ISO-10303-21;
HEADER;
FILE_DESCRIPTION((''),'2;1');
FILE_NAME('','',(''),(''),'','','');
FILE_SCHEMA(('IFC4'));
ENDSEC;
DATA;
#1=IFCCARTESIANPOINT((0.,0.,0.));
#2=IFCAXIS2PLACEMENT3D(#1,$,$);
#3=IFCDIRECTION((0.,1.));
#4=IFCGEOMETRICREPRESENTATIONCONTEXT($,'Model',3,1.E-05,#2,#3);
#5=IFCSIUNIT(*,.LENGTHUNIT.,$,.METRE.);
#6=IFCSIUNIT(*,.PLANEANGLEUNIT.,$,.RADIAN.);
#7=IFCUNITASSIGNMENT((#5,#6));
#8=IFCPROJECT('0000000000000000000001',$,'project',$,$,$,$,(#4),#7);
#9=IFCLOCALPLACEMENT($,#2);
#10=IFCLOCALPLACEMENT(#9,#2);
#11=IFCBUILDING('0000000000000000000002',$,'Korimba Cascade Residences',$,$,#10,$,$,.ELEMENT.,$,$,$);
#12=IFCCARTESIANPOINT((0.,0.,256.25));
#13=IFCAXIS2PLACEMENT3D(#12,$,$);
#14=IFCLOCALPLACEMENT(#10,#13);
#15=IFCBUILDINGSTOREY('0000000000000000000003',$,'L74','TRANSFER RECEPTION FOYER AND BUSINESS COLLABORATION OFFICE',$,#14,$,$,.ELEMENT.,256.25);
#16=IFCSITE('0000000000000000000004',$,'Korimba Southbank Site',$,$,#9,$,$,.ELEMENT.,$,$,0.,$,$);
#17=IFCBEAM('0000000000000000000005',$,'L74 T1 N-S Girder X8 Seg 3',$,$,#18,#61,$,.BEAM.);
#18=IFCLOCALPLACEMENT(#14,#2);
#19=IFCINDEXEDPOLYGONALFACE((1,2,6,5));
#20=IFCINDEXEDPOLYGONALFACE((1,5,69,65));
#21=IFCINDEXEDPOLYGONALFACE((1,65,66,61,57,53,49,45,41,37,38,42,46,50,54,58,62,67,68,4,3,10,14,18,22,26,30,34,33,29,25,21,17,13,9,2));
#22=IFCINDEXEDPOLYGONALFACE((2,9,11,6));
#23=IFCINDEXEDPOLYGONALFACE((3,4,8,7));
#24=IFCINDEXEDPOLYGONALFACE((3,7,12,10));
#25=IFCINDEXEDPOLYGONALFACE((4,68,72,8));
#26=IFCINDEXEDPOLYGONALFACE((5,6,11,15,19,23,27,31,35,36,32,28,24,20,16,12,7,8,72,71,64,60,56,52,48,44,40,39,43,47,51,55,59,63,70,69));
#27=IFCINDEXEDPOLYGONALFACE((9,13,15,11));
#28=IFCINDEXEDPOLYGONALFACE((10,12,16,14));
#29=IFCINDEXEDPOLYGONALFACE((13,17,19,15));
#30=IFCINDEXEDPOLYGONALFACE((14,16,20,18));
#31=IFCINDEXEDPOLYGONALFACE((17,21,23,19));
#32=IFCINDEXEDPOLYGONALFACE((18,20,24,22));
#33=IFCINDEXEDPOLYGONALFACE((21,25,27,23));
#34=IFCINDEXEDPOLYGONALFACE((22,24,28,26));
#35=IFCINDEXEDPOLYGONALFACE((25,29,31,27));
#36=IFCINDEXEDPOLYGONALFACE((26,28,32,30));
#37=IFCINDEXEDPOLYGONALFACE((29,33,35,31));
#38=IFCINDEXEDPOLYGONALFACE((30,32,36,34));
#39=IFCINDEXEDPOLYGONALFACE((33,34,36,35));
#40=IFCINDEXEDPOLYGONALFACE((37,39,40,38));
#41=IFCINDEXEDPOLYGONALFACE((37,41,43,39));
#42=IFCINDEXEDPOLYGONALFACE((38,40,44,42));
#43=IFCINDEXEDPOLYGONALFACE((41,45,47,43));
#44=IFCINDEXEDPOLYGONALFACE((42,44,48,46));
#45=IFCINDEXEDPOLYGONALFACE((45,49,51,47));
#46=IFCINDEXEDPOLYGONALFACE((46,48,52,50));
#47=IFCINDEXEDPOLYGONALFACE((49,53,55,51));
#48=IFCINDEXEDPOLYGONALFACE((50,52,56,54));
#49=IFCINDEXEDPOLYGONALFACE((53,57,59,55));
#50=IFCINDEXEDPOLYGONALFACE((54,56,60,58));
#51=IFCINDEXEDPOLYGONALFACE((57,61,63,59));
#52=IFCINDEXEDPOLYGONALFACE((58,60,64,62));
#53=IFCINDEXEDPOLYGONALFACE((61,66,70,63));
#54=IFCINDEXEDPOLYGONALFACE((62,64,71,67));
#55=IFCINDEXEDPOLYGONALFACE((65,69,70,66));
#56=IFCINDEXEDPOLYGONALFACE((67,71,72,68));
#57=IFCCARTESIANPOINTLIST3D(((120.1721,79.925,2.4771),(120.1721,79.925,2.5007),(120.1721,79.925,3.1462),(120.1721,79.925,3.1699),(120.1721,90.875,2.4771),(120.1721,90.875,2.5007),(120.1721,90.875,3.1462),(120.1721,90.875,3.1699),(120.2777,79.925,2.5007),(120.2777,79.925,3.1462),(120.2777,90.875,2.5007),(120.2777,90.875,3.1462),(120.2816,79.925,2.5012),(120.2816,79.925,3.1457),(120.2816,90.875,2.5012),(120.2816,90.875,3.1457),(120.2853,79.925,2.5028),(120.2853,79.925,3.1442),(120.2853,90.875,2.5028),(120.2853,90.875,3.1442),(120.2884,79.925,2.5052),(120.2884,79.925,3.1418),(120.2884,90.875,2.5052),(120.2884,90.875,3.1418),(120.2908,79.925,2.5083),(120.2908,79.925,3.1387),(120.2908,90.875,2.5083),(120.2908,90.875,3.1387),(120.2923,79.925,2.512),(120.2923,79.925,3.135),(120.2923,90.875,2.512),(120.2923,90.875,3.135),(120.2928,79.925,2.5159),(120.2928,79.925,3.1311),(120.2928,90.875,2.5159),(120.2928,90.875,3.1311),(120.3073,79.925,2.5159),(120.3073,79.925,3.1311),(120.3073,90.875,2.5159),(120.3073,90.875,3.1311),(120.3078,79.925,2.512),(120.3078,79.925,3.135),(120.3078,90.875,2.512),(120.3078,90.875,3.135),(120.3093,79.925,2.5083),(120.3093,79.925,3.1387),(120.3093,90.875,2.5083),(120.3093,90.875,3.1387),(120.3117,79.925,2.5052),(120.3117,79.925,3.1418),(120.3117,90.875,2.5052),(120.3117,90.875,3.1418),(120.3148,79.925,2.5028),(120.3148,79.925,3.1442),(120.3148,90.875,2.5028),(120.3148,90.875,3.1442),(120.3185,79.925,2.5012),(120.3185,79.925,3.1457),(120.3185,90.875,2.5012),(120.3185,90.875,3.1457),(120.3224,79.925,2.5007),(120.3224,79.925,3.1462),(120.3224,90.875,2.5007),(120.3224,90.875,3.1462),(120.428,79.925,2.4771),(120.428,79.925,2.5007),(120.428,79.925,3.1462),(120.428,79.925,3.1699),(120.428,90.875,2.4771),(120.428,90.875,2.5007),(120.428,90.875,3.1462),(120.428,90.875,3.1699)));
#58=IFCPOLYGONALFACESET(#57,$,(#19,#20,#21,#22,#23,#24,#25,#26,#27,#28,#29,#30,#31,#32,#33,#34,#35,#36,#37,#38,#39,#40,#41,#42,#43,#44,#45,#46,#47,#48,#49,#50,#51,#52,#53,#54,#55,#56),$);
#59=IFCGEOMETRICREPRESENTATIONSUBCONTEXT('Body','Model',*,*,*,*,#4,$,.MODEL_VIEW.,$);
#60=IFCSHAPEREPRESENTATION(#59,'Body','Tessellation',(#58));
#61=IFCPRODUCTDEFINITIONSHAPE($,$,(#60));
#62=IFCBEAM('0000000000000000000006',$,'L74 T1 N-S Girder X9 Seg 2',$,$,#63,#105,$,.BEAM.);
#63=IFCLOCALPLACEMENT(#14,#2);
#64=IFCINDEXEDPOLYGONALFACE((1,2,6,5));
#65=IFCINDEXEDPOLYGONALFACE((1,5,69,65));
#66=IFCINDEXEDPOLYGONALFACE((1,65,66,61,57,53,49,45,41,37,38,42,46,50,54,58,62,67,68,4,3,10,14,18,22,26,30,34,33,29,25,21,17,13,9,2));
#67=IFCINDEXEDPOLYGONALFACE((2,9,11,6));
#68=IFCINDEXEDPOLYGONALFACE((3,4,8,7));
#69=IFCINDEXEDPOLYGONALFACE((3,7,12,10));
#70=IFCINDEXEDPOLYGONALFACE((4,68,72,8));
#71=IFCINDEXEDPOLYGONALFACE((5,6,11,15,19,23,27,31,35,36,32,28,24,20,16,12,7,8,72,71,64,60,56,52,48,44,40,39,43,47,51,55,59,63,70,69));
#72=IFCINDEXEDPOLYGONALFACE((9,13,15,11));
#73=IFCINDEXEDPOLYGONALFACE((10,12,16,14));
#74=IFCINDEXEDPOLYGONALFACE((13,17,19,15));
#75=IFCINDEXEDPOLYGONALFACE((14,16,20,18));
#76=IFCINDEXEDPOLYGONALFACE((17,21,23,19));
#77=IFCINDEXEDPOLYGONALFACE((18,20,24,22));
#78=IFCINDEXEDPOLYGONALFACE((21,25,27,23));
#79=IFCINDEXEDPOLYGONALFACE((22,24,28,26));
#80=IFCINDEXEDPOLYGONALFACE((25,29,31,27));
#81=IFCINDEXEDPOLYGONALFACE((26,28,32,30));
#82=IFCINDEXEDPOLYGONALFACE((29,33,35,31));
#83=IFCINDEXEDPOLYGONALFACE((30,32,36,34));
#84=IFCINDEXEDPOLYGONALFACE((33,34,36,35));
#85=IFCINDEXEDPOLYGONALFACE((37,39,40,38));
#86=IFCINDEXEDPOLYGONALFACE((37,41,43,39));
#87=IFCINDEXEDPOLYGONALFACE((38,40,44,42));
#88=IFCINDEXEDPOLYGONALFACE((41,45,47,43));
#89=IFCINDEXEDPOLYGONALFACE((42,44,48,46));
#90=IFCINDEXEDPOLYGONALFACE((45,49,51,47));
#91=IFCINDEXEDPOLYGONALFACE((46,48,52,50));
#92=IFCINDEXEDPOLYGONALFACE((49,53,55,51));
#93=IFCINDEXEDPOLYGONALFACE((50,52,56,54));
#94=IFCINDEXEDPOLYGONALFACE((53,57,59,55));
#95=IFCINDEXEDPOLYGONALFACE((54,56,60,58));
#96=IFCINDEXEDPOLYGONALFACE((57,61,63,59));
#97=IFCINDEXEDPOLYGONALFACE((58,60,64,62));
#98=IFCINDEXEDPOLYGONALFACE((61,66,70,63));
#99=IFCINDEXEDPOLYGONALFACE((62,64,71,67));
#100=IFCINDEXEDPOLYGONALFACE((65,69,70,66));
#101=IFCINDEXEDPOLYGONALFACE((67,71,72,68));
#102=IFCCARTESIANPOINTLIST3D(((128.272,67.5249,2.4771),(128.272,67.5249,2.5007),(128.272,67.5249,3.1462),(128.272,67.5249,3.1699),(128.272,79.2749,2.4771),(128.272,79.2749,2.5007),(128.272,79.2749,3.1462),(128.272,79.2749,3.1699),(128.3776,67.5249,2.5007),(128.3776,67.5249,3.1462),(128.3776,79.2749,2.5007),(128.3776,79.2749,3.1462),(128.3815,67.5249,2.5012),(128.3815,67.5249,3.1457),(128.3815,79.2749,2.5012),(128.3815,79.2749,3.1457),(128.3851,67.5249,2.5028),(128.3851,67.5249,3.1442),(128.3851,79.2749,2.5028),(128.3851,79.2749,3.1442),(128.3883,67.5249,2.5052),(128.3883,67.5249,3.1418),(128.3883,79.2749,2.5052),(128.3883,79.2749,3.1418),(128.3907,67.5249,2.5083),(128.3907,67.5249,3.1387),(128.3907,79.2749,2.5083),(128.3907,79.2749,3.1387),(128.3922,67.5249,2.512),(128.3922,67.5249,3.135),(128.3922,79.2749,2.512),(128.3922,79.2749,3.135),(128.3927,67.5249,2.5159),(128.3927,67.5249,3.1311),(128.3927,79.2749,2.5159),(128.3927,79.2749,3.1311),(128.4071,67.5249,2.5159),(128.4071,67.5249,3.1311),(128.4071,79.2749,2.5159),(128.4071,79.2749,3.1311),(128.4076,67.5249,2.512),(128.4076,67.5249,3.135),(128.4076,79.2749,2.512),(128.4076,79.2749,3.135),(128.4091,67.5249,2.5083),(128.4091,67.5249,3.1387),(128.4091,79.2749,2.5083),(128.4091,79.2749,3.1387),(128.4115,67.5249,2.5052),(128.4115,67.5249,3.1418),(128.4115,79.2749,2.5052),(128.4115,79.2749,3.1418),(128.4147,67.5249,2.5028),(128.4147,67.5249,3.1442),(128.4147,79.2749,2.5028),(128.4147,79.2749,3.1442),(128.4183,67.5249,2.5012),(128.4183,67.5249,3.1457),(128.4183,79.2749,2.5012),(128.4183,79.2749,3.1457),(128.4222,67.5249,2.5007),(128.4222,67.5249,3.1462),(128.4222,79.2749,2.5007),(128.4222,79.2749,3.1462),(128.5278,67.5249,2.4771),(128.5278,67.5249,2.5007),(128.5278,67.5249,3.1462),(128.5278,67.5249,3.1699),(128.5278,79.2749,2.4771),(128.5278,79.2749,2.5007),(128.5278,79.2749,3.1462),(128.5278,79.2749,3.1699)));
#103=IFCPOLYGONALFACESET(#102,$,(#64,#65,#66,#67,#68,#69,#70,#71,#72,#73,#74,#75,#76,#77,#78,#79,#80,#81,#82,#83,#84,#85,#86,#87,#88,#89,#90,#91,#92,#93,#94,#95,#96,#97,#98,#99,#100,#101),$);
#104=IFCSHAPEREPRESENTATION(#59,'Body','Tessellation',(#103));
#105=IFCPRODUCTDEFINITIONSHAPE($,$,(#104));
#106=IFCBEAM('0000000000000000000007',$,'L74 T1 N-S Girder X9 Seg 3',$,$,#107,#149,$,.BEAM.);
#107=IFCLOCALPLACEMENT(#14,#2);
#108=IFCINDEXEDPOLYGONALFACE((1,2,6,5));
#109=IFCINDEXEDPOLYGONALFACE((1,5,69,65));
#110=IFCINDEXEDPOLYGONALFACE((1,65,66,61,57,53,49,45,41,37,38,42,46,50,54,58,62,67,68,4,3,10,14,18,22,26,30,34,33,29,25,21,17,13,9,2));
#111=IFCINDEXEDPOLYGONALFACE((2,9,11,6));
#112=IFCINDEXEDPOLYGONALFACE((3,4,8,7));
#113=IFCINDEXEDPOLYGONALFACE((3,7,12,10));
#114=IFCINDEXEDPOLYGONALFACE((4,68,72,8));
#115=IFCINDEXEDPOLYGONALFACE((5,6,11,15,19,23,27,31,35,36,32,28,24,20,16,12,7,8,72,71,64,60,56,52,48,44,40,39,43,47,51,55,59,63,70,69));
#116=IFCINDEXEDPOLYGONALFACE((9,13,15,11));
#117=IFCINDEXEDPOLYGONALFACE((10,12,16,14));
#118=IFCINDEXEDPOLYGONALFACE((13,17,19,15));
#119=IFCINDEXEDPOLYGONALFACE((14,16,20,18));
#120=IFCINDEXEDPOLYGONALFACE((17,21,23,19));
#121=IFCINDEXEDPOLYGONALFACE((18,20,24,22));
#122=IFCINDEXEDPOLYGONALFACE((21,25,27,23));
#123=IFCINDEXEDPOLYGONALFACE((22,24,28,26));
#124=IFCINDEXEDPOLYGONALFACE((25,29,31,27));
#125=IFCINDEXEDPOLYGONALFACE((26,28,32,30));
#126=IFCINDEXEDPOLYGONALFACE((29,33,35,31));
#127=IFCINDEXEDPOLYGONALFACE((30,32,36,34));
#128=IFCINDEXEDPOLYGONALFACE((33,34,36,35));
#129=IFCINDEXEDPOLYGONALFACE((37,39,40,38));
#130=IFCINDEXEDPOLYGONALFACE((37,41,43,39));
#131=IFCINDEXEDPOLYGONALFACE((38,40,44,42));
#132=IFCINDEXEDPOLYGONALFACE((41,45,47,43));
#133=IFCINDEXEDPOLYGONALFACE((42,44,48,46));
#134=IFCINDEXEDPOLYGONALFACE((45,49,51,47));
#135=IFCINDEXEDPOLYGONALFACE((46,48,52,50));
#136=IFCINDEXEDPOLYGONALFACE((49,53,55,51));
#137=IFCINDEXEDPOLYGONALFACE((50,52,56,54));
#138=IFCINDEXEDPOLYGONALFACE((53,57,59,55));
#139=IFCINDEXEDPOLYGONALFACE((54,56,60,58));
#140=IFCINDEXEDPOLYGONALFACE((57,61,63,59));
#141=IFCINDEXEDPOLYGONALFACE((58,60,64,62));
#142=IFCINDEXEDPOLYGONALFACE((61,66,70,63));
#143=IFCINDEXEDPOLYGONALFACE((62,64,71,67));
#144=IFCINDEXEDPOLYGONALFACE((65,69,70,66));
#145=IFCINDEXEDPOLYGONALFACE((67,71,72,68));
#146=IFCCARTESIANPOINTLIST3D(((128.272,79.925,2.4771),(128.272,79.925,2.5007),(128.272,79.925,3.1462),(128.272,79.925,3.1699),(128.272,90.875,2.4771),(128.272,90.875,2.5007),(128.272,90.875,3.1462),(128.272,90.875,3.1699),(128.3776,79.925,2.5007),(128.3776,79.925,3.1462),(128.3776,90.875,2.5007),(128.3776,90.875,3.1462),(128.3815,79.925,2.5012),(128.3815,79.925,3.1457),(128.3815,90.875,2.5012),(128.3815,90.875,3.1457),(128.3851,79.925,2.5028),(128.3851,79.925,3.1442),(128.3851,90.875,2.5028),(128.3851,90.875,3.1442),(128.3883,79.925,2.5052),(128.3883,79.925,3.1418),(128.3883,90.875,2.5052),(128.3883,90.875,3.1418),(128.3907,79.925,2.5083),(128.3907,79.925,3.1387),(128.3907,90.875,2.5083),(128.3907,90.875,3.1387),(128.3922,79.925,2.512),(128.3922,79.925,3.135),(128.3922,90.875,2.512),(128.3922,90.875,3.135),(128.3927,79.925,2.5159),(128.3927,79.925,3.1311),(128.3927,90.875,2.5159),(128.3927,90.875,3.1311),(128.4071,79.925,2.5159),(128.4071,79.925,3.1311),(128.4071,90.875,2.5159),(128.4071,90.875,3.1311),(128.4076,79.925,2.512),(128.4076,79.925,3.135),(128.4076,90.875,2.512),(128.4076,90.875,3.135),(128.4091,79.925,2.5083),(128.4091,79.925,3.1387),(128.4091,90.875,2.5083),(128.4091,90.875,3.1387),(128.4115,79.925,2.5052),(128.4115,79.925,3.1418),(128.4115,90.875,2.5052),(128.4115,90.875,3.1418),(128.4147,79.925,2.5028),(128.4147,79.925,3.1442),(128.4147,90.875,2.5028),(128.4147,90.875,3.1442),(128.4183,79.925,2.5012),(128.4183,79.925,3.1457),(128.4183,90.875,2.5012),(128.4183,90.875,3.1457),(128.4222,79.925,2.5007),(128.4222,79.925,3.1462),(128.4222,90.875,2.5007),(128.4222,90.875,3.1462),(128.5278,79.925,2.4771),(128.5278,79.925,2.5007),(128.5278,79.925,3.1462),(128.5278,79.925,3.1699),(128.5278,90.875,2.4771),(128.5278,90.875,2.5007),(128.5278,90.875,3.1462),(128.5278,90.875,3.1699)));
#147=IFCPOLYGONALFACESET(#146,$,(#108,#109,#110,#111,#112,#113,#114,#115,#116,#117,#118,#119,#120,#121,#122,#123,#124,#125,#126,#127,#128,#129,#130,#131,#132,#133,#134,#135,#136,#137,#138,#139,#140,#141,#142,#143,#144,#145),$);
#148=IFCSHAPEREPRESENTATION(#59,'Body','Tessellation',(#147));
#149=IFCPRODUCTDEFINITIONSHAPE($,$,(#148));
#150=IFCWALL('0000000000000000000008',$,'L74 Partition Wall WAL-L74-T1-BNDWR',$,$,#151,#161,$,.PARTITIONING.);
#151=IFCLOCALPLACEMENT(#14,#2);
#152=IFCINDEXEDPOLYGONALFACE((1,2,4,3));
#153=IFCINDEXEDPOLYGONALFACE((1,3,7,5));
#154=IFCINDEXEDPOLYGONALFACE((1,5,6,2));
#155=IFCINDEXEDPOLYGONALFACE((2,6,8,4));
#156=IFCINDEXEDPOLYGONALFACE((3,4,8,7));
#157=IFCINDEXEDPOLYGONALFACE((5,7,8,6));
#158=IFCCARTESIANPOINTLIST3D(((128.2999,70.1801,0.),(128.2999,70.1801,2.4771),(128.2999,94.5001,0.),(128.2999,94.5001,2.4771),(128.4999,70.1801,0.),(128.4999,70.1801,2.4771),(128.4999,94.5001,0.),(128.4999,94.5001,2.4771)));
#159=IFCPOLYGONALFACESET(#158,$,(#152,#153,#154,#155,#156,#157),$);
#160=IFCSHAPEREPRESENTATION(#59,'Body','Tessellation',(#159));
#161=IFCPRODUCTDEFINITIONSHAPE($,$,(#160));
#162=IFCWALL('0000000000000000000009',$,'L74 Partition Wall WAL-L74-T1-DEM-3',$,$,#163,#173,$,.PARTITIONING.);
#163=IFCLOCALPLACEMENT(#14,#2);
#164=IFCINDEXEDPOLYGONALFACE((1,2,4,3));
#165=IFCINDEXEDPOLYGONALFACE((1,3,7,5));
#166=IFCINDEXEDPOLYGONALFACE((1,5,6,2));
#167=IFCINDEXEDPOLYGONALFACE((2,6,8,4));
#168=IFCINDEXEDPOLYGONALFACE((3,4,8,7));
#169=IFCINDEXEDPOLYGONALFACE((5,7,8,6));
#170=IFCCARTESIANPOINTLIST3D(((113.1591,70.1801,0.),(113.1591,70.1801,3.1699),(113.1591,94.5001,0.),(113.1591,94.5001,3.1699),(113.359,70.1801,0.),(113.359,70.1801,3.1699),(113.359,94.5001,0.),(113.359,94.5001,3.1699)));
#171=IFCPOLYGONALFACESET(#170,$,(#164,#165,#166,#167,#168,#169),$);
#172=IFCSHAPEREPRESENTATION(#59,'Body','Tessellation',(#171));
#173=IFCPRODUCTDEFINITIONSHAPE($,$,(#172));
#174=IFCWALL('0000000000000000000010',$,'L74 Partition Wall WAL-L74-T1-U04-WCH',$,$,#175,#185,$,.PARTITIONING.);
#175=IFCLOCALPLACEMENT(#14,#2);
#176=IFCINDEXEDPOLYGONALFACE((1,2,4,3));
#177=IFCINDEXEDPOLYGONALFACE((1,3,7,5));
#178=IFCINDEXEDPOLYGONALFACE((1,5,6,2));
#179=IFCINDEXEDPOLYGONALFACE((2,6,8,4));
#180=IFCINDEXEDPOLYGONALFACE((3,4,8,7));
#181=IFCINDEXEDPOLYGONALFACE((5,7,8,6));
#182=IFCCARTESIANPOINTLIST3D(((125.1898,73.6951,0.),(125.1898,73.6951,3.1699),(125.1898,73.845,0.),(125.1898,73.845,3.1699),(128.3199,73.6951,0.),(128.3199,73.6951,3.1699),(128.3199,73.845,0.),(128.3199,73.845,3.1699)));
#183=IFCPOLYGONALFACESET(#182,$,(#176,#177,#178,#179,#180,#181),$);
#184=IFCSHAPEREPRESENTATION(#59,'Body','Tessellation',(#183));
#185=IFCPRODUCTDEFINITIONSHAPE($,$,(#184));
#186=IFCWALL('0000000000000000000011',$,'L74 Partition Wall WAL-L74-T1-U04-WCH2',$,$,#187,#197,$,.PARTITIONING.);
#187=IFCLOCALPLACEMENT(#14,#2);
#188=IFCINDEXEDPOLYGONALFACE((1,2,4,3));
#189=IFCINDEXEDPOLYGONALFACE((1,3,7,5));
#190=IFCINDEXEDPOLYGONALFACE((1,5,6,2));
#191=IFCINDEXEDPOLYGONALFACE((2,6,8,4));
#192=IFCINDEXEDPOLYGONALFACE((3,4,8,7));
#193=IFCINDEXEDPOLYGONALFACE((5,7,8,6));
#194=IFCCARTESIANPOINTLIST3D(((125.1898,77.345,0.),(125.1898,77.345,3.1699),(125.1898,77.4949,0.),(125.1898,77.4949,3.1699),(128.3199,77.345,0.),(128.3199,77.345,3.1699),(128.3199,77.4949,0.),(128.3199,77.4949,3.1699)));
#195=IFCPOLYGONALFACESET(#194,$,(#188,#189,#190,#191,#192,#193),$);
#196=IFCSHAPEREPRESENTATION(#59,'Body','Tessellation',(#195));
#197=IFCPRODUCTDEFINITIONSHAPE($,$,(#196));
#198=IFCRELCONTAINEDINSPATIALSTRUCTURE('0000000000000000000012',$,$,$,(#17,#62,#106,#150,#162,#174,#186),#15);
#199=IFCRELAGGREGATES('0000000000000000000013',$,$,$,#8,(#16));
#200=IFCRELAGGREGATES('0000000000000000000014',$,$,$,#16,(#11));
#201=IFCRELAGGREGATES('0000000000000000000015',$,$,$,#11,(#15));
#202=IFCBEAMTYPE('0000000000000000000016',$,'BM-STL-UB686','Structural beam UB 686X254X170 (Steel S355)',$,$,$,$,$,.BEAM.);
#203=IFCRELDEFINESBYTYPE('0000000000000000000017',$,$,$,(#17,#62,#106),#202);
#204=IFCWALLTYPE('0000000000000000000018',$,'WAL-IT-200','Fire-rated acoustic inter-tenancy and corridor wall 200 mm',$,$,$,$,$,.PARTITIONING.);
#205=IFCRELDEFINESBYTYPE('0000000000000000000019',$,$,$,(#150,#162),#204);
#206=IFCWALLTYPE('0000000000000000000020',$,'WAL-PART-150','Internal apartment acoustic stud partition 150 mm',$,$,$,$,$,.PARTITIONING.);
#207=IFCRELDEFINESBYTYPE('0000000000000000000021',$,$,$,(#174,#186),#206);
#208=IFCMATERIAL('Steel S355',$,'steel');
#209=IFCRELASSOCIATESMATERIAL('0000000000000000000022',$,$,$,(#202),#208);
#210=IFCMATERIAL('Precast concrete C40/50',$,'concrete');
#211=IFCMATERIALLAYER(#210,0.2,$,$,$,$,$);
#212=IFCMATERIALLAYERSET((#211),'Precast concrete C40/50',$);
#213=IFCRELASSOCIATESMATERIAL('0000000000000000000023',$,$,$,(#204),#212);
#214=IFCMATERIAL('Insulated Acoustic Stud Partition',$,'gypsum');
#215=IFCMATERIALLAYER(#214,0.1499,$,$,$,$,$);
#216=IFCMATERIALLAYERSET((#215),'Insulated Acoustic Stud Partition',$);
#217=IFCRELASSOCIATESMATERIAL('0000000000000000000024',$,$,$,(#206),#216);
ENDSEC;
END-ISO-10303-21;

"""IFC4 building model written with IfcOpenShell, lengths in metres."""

from ifc_helpers import new_model, si_unit, direction, frame, frame_2d, origin, origin_2d, place, context, subcontext, project, spatial, rectangle, i_section, extrude, material, layer, layer_set, material_profile, profile_set, type_object, element, save


model = new_model("IFC4")

# Units and contexts
model_context = context("Model", 3, precision=1e-05, world=origin(), true_north=direction((0.0, 1.0)))
body_context = subcontext(model_context, "Body", "Model", "MODEL_VIEW")
ifc_project = project(units=[si_unit("LENGTHUNIT", "METRE"), si_unit("PLANEANGLEUNIT", "RADIAN")], contexts=[model_context])

# Site, building, storey
site_placement = place(None, origin())
site = spatial("IfcSite", under=ifc_project, at=site_placement, Name="Korimba Southbank Site", CompositionType="ELEMENT", RefElevation=0.0)
building_placement = place(site_placement, origin())
building = spatial("IfcBuilding", under=site, at=building_placement, Name="Korimba Cascade Residences", CompositionType="ELEMENT")
storey_placement = place(building_placement, frame((0.0, 0.0, 256.25)))
storey = spatial("IfcBuildingStorey", under=building, at=storey_placement, Name="L74", Description="TRANSFER RECEPTION FOYER AND BUSINESS COLLABORATION OFFICE", CompositionType="ELEMENT", Elevation=256.25)

# Beams
ifc_material_1 = material(Name="Steel S355", Category="steel")
ifc_material_profile_1 = material_profile(ifc_material_1, i_section(OverallWidth=0.2559, OverallDepth=0.6929, WebThickness=0.0144, FlangeThickness=0.0237, FilletRadius=0.0151, at=origin_2d()), Name="Steel S355")
ifc_profile_set_1 = profile_set([ifc_material_profile_1], Name="Steel S355")
beam_type_1 = type_object("IfcBeamType", Name="BM-STL-UB686", Description="Structural beam UB 686X254X170 (Steel S355)", PredefinedType="BEAM", material=ifc_profile_set_1)
beam_1_placement = place(storey_placement, frame((120.3, 79.925, 2.8235), z_axis=(0.0, 1.0, 0.0), x_axis=(-1.0, 0.0, 0.0)))
element("IfcBeam", 1, at=beam_1_placement, inside=storey, type_object=beam_type_1, Name="L74 T1 N-S Girder X8 Seg 3", PredefinedType="BEAM", context=body_context, shape_type="SweptSolid", body=[
    extrude(i_section(OverallWidth=0.2559, OverallDepth=0.6929, WebThickness=0.0144, FlangeThickness=0.0237, FilletRadius=0.0151, at=origin_2d()), origin(), (0.0, 0.0, 1.0), 10.95),
])
beam_2_placement = place(storey_placement, frame((128.3999, 67.5249, 2.8235), z_axis=(0.0, 1.0, 0.0), x_axis=(-1.0, 0.0, 0.0)))
element("IfcBeam", 2, at=beam_2_placement, inside=storey, type_object=beam_type_1, Name="L74 T1 N-S Girder X9 Seg 2", PredefinedType="BEAM", context=body_context, shape_type="SweptSolid", body=[
    extrude(i_section(OverallWidth=0.2559, OverallDepth=0.6929, WebThickness=0.0144, FlangeThickness=0.0237, FilletRadius=0.0151, at=origin_2d()), origin(), (0.0, 0.0, 1.0), 11.75),
])
beam_3_placement = place(storey_placement, frame((128.3999, 79.925, 2.8235), z_axis=(0.0, 1.0, 0.0), x_axis=(-1.0, 0.0, 0.0)))
element("IfcBeam", 3, at=beam_3_placement, inside=storey, type_object=beam_type_1, Name="L74 T1 N-S Girder X9 Seg 3", PredefinedType="BEAM", context=body_context, shape_type="SweptSolid", body=[
    extrude(i_section(OverallWidth=0.2559, OverallDepth=0.6929, WebThickness=0.0144, FlangeThickness=0.0237, FilletRadius=0.0151, at=origin_2d()), origin(), (0.0, 0.0, 1.0), 10.95),
])

# Walls
ifc_material_2 = material(Name="Precast concrete C40/50", Category="concrete")
ifc_layer_1 = layer(ifc_material_2, 0.2)
ifc_layer_set_1 = layer_set([ifc_layer_1], Name="Precast concrete C40/50")
wall_type_1 = type_object("IfcWallType", Name="WAL-IT-200", Description="Fire-rated acoustic inter-tenancy and corridor wall 200 mm", PredefinedType="PARTITIONING", material=ifc_layer_set_1)
wall_1_placement = place(storey_placement, frame((128.3999, 70.1799, 0.0), z_axis=(0.0, 0.0, 1.0), x_axis=(0.0, 1.0, 0.0)))
element("IfcWall", 4, at=wall_1_placement, inside=storey, type_object=wall_type_1, Name="L74 Partition Wall WAL-L74-T1-BNDWR", PredefinedType="PARTITIONING", context=body_context, shape_type="SweptSolid", body=[
    extrude(rectangle(XDim=24.3201, YDim=0.2, at=frame_2d((12.1602, 0.0))), origin(), (0.0, 0.0, 1.0), 2.4771),
])
wall_2_placement = place(storey_placement, frame((113.259, 70.1799, 0.0), z_axis=(0.0, 0.0, 1.0), x_axis=(0.0, 1.0, 0.0)))
element("IfcWall", 5, at=wall_2_placement, inside=storey, type_object=wall_type_1, Name="L74 Partition Wall WAL-L74-T1-DEM-3", PredefinedType="PARTITIONING", context=body_context, shape_type="SweptSolid", body=[
    extrude(rectangle(XDim=24.3201, YDim=0.2, at=frame_2d((12.1602, 0.0))), origin(), (0.0, 0.0, 1.0), 3.1699),
])
ifc_material_3 = material(Name="Insulated Acoustic Stud Partition", Category="gypsum")
ifc_layer_2 = layer(ifc_material_3, 0.1499)
ifc_layer_set_2 = layer_set([ifc_layer_2], Name="Insulated Acoustic Stud Partition")
wall_type_2 = type_object("IfcWallType", Name="WAL-PART-150", Description="Internal apartment acoustic stud partition 150 mm", PredefinedType="PARTITIONING", material=ifc_layer_set_2)
for number, where, z_axis, x_axis, name in (
    (6, (125.1899, 73.77, 0.0), (0.0, 0.0, 1.0), (1.0, 0.0, 0.0), "L74 Partition Wall WAL-L74-T1-U04-WCH"),
    (7, (125.1899, 77.4199, 0.0), (0.0, 0.0, 1.0), (1.0, 0.0, 0.0), "L74 Partition Wall WAL-L74-T1-U04-WCH2"),
):
    element("IfcWall", number, at=place(storey_placement, frame(where, z_axis=z_axis, x_axis=x_axis)), inside=storey, type_object=wall_type_2, Name=name, PredefinedType="PARTITIONING", context=body_context, shape_type="SweptSolid", body=[
        extrude(rectangle(XDim=3.1301, YDim=0.1499, at=frame_2d((1.5649, 0.0))), origin(), (0.0, 0.0, 1.0), 3.1699),
    ])

save(model, "model.ifc")
